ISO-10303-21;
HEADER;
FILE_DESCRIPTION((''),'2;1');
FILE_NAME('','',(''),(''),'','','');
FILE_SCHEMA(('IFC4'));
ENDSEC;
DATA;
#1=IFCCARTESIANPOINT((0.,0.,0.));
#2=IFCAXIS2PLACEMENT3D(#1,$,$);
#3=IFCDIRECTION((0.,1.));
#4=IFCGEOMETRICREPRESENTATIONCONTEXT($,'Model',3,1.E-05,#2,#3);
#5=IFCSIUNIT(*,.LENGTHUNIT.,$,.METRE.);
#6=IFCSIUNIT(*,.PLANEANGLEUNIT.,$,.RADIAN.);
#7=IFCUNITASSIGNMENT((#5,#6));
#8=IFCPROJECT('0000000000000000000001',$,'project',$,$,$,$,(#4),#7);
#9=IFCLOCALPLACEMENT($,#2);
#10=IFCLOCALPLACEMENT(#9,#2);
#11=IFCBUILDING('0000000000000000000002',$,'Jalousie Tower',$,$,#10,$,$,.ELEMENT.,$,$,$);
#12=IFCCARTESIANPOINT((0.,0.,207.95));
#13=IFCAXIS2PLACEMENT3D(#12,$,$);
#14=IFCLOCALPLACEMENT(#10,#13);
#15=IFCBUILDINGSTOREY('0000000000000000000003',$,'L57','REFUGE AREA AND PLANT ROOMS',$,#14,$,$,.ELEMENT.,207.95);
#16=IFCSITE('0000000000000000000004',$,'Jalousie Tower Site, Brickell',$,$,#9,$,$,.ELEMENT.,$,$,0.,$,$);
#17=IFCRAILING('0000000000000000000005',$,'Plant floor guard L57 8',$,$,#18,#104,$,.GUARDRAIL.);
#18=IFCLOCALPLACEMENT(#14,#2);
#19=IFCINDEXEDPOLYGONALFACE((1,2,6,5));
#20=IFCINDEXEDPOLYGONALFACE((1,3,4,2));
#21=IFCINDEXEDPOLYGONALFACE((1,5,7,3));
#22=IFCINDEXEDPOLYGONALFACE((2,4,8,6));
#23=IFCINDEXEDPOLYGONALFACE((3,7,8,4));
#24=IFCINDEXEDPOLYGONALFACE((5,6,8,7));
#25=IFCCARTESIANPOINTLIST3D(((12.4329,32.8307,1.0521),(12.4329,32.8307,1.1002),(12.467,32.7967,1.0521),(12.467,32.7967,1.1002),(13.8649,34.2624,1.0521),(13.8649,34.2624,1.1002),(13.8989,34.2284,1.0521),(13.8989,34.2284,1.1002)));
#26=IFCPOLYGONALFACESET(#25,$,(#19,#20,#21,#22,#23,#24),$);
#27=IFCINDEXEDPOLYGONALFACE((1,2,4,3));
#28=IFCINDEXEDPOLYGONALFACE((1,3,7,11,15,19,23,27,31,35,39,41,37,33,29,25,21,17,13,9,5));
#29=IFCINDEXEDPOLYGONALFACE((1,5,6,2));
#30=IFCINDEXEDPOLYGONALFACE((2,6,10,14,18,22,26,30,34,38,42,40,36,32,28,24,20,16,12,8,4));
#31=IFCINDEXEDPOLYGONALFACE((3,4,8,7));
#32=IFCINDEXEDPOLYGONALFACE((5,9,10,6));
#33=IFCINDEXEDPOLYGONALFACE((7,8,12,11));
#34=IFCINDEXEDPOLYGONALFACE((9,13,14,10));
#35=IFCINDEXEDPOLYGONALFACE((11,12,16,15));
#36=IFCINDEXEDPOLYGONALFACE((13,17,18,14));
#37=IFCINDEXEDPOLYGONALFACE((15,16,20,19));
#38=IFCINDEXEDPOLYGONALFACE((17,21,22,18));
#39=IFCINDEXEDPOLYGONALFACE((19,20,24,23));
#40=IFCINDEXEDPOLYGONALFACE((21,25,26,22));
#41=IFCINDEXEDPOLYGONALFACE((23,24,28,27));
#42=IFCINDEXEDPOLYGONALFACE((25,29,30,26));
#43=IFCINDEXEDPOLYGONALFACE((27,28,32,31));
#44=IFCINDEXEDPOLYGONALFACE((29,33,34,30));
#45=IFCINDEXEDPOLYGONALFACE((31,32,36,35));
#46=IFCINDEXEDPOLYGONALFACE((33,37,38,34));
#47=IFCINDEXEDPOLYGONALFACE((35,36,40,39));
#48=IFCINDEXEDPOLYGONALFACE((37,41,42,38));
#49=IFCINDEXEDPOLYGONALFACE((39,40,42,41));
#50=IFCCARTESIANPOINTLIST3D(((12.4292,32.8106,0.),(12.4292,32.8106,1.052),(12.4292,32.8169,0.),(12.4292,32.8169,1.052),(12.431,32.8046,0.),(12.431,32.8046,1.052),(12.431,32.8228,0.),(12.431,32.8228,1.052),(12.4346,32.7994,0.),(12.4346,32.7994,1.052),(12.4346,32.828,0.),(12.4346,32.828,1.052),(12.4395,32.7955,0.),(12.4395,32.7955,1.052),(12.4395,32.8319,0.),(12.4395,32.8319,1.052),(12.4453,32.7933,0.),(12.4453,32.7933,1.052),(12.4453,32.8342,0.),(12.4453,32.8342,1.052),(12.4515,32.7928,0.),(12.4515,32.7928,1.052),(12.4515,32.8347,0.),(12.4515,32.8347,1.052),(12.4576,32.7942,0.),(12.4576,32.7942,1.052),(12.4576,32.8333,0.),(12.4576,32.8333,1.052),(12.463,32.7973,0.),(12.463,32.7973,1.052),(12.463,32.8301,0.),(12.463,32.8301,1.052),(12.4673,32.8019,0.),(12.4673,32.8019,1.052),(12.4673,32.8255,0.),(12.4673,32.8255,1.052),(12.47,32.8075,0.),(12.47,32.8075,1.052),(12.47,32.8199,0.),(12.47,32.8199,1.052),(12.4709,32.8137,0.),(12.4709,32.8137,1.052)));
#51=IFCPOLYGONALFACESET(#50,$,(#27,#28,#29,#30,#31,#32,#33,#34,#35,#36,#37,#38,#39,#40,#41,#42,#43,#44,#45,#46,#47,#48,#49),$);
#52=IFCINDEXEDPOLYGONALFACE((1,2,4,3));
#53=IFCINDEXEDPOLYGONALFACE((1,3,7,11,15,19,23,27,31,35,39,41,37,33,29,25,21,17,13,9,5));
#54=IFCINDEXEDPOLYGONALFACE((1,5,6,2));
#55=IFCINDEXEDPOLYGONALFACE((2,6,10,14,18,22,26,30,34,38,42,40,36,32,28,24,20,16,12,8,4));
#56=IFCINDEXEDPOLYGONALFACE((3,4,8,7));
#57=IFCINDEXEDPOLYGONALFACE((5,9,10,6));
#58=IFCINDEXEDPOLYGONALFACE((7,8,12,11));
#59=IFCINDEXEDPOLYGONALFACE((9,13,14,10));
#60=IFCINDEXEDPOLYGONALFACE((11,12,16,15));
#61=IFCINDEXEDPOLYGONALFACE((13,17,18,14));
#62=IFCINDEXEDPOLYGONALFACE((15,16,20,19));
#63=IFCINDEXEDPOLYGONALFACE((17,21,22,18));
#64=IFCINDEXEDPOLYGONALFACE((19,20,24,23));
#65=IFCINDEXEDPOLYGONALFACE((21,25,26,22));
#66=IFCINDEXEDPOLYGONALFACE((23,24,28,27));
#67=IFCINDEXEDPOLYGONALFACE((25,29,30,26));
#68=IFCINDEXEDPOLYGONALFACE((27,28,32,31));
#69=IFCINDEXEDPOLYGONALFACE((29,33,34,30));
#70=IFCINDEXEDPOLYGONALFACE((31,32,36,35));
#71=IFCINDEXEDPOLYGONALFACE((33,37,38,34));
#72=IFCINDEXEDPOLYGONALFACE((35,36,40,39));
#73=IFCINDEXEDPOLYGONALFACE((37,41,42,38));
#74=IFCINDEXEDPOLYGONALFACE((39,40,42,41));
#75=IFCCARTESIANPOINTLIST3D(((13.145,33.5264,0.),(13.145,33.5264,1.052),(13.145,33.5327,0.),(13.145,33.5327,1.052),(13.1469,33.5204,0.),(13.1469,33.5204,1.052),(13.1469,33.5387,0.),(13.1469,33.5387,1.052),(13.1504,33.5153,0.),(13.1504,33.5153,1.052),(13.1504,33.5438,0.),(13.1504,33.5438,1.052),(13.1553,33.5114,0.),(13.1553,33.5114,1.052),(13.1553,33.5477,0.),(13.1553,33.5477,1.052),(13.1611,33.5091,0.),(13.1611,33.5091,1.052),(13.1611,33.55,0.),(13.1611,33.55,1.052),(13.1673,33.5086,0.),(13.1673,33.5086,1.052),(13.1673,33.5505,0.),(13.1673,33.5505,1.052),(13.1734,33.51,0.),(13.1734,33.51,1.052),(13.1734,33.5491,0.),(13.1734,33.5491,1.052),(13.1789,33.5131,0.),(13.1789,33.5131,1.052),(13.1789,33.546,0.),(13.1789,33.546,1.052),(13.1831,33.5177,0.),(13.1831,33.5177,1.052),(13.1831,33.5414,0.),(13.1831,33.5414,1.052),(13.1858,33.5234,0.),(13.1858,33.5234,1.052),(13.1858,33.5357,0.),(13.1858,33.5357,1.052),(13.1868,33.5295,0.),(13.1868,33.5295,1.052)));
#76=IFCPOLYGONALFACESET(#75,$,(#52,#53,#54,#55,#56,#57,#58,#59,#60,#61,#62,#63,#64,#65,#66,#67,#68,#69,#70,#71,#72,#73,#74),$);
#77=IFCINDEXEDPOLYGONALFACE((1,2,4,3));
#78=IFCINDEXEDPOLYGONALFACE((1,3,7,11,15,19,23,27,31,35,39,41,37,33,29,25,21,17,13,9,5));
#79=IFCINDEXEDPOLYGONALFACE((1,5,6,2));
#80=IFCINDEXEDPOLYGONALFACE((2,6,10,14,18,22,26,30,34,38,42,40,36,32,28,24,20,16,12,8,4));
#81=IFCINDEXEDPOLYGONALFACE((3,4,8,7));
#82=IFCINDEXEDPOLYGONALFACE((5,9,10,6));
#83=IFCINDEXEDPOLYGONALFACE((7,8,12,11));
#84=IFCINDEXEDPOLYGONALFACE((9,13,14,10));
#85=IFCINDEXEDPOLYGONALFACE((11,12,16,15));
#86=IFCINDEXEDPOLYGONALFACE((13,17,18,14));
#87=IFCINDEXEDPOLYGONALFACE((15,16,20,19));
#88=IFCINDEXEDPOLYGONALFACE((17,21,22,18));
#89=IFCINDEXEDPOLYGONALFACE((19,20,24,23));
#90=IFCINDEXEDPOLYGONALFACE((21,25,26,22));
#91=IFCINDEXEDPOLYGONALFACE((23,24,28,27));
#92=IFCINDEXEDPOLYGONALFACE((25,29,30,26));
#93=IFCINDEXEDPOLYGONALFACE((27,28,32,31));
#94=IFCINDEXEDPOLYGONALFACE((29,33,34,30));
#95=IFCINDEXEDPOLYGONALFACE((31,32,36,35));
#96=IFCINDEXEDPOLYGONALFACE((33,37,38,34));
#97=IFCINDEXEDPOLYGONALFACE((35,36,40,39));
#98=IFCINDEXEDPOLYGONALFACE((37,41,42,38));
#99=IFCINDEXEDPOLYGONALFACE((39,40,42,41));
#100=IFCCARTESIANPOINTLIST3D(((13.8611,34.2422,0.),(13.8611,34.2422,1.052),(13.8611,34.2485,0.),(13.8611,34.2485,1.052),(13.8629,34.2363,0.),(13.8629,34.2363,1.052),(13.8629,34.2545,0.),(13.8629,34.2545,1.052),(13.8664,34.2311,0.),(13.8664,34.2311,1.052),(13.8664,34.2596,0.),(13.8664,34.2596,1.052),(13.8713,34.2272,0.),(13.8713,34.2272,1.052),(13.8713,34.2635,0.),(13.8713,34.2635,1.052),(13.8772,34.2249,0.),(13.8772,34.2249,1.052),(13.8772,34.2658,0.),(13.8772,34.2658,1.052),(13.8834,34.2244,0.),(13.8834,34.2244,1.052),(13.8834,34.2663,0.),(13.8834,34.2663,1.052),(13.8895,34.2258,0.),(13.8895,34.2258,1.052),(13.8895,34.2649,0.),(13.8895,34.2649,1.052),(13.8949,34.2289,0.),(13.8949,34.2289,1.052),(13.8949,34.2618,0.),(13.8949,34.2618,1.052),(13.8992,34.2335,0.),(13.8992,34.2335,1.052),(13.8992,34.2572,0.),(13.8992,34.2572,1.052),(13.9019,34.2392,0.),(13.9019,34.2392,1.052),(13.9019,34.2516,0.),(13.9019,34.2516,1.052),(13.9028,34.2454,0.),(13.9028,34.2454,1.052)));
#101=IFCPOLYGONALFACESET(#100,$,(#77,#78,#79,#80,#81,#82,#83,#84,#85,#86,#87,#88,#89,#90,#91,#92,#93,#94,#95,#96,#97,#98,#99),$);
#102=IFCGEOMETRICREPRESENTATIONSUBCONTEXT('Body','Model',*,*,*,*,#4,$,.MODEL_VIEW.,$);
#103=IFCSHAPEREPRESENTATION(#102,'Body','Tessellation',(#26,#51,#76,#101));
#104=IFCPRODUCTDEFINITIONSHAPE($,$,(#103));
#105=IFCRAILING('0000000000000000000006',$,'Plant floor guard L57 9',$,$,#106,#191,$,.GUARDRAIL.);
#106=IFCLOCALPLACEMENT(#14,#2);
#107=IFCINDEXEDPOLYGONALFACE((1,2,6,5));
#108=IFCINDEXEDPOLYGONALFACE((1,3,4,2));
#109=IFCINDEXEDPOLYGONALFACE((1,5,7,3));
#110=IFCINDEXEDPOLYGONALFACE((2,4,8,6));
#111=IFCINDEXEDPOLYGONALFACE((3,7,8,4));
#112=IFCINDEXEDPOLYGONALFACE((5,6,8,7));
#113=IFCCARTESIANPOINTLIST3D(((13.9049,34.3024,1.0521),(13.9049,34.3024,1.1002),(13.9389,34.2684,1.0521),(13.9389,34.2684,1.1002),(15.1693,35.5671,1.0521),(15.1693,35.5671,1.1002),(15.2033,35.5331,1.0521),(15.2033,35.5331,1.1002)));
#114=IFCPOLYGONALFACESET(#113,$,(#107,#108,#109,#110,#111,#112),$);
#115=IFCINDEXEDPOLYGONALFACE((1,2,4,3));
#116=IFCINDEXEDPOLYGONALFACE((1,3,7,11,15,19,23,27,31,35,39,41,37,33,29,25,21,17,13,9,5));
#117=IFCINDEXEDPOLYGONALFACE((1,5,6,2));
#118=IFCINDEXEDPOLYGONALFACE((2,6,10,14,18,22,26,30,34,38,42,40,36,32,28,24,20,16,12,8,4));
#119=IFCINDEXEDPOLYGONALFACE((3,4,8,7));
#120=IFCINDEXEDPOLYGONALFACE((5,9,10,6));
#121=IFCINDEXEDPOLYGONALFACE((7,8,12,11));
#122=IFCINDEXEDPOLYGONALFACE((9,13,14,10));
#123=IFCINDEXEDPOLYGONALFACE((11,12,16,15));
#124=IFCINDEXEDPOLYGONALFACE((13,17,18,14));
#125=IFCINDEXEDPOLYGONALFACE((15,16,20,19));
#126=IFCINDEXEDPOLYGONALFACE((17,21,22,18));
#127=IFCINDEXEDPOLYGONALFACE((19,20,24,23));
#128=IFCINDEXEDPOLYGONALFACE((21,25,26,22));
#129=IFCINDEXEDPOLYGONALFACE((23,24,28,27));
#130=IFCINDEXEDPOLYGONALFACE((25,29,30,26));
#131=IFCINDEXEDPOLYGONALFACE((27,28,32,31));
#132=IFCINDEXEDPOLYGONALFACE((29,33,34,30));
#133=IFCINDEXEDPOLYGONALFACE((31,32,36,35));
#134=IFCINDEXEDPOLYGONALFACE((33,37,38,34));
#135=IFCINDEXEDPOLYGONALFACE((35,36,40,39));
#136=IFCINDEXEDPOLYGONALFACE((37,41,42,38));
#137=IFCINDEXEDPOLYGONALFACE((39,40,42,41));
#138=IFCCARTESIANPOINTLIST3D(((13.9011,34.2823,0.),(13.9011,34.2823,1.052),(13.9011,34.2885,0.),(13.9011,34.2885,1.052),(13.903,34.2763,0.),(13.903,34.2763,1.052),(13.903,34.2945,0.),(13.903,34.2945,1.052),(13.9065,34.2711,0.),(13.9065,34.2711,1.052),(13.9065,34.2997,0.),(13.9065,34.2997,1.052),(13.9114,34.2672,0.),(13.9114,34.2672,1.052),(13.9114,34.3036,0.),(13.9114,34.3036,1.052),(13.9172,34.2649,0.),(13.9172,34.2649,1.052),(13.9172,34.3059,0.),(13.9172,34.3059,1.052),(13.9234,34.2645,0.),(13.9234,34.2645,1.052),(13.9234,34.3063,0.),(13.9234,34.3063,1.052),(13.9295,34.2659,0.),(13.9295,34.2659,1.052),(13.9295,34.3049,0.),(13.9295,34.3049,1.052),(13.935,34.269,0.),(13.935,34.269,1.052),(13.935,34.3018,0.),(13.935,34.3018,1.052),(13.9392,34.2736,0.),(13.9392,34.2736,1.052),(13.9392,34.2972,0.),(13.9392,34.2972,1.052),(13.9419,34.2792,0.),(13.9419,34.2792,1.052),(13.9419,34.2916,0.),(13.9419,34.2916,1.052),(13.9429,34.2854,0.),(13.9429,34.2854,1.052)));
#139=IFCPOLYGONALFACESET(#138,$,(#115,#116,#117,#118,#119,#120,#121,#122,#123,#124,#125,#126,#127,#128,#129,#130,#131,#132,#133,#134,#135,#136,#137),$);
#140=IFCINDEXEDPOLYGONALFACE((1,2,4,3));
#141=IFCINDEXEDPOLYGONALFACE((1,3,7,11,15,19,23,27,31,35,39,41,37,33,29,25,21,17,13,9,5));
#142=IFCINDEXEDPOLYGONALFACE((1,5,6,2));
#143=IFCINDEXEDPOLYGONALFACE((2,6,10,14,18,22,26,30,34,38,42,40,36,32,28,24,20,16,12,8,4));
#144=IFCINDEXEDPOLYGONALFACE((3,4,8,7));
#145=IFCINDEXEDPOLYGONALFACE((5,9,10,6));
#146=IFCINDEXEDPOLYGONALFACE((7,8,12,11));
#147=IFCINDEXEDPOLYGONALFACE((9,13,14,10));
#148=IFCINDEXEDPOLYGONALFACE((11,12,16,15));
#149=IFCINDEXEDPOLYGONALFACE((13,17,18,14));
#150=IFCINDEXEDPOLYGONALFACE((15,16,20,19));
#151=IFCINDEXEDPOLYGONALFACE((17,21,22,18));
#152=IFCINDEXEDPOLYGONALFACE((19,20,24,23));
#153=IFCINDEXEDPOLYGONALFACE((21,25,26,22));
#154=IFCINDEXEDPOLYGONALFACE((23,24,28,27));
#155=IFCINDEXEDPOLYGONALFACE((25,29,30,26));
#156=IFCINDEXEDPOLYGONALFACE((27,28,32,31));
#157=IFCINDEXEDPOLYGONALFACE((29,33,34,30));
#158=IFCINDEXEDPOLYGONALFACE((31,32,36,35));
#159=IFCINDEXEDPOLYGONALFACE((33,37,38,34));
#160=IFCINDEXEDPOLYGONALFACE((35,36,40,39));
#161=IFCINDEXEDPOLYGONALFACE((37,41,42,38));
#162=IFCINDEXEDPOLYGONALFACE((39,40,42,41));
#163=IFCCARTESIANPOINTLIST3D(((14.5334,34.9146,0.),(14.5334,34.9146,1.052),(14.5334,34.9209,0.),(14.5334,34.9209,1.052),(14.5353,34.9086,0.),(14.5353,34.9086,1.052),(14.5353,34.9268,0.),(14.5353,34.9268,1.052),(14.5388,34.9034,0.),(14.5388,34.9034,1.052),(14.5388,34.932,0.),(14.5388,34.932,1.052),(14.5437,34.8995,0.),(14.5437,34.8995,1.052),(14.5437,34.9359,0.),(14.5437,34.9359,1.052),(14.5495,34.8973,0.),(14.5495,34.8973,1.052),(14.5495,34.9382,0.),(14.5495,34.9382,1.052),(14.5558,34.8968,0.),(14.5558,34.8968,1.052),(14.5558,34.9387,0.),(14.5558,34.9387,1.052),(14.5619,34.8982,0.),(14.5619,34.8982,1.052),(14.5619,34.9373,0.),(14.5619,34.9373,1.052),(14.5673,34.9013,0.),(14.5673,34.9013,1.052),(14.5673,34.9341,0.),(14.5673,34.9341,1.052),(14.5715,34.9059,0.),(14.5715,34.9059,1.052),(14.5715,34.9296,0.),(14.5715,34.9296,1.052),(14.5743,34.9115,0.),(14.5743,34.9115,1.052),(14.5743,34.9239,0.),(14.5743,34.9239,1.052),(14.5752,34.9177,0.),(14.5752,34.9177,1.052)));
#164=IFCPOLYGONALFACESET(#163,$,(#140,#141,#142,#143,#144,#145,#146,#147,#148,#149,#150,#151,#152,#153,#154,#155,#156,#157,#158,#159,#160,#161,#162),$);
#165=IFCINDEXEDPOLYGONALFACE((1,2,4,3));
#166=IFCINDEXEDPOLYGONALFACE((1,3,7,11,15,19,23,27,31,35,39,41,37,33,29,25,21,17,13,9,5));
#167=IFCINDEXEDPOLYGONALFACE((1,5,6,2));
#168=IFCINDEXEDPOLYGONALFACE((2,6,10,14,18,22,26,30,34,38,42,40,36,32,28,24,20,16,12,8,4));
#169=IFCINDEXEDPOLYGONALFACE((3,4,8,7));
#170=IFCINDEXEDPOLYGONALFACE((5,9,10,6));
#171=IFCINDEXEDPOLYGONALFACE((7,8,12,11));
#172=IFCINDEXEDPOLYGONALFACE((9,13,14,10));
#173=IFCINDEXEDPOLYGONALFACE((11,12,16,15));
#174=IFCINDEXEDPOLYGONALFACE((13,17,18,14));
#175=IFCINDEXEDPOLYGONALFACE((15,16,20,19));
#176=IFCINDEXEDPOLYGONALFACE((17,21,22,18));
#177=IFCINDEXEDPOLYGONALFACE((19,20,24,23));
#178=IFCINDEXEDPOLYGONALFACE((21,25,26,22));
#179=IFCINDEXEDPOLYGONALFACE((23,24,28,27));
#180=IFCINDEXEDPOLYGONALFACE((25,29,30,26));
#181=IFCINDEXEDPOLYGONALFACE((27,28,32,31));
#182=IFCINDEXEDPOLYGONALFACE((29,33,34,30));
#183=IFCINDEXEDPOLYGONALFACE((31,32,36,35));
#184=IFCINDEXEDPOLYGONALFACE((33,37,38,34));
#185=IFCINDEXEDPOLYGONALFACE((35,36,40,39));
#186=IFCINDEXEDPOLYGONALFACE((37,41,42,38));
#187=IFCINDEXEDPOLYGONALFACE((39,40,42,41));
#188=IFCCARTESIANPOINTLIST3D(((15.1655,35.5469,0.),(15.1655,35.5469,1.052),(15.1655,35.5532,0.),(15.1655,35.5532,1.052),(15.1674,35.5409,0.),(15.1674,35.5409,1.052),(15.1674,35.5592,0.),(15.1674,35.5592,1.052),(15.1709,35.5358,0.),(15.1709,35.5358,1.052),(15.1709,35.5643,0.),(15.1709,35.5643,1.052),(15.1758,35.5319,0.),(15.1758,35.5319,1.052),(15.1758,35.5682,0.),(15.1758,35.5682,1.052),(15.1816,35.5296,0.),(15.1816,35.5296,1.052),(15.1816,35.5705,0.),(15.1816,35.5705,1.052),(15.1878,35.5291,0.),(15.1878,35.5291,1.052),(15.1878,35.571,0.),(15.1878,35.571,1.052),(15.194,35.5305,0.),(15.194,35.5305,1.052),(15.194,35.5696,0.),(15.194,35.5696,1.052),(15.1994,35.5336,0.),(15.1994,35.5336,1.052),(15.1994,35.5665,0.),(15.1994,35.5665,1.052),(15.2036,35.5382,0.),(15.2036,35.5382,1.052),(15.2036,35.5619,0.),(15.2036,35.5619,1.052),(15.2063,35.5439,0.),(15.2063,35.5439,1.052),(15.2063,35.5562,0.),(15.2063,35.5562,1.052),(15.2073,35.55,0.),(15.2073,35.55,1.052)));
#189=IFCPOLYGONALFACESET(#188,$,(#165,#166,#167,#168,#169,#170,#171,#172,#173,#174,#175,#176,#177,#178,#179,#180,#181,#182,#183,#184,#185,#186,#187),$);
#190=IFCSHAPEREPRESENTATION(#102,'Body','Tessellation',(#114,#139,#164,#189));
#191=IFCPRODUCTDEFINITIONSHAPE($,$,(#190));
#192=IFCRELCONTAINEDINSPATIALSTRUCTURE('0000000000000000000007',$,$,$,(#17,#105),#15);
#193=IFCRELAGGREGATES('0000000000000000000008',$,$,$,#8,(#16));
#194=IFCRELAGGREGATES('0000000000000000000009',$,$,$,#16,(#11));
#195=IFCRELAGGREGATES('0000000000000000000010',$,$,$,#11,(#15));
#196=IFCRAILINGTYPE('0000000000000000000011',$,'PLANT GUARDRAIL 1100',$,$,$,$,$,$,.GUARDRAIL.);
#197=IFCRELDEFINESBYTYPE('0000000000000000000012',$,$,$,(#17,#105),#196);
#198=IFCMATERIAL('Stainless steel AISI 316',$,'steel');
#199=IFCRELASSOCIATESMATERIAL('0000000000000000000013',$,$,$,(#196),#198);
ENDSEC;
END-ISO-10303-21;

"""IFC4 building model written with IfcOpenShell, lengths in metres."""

from ifc_helpers import new_model, si_unit, direction, frame, origin, origin_2d, place, context, subcontext, project, spatial, rectangle, circle, extrude, material, type_object, element, save


model = new_model("IFC4")

# Units and contexts
model_context = context("Model", 3, precision=1e-05, world=origin(), true_north=direction((0.0, 1.0)))
body_context = subcontext(model_context, "Body", "Model", "MODEL_VIEW")
ifc_project = project(units=[si_unit("LENGTHUNIT", "METRE"), si_unit("PLANEANGLEUNIT", "RADIAN")], contexts=[model_context])

# Site, building, storey
site_placement = place(None, origin())
site = spatial("IfcSite", under=ifc_project, at=site_placement, Name="Jalousie Tower Site, Brickell", CompositionType="ELEMENT", RefElevation=0.0)
building_placement = place(site_placement, origin())
building = spatial("IfcBuilding", under=site, at=building_placement, Name="Jalousie Tower", CompositionType="ELEMENT")
storey_placement = place(building_placement, frame((0.0, 0.0, 207.95)))
storey = spatial("IfcBuildingStorey", under=building, at=storey_placement, Name="L57", Description="REFUGE AREA AND PLANT ROOMS", CompositionType="ELEMENT", Elevation=207.95)

# Railings
ifc_material_1 = material(Name="Stainless steel AISI 316", Category="steel")
railing_type = type_object("IfcRailingType", Name="PLANT GUARDRAIL 1100", PredefinedType="GUARDRAIL", material=ifc_material_1)
railing_1_placement = place(storey_placement, frame((12.45, 32.8137, 0.0)))
element("IfcRailing", 1, at=railing_1_placement, inside=storey, type_object=railing_type, Name="Plant floor guard L57 8", PredefinedType="GUARDRAIL", context=body_context, shape_type="SweptSolid", body=[
    extrude(rectangle(XDim=0.0481, YDim=0.0481, at=origin_2d()), frame((0.0, 0.0, 1.0762), z_axis=(0.707167, 0.707046, 0.0), x_axis=(-0.707046, 0.707167, 0.0)), (0.0, 0.0, 1.0), 2.0249),
    extrude(circle(Radius=0.021, at=origin_2d()), origin(), (0.0, 0.0, 1.0), 1.052),
    extrude(circle(Radius=0.021, at=origin_2d()), frame((0.7158, 0.7158, 0.0)), (0.0, 0.0, 1.0), 1.052),
    extrude(circle(Radius=0.021, at=origin_2d()), frame((1.4319, 1.4316, 0.0)), (0.0, 0.0, 1.0), 1.052),
])
railing_2_placement = place(storey_placement, frame((13.9219, 34.2854, 0.0)))
element("IfcRailing", 2, at=railing_2_placement, inside=storey, type_object=railing_type, Name="Plant floor guard L57 9", PredefinedType="GUARDRAIL", context=body_context, shape_type="SweptSolid", body=[
    extrude(rectangle(XDim=0.0481, YDim=0.0481, at=origin_2d()), frame((0.0, 0.0, 1.0762), z_axis=(0.707039, 0.707175, 0.0), x_axis=(-0.707175, 0.707039, 0.0)), (0.0, 0.0, 1.0), 1.7883),
    extrude(circle(Radius=0.021, at=origin_2d()), origin(), (0.0, 0.0, 1.0), 1.052),
    extrude(circle(Radius=0.021, at=origin_2d()), frame((0.6323, 0.6323, 0.0)), (0.0, 0.0, 1.0), 1.052),
    extrude(circle(Radius=0.021, at=origin_2d()), frame((1.2644, 1.2646, 0.0)), (0.0, 0.0, 1.0), 1.052),
])

save(model, "model.ifc")
